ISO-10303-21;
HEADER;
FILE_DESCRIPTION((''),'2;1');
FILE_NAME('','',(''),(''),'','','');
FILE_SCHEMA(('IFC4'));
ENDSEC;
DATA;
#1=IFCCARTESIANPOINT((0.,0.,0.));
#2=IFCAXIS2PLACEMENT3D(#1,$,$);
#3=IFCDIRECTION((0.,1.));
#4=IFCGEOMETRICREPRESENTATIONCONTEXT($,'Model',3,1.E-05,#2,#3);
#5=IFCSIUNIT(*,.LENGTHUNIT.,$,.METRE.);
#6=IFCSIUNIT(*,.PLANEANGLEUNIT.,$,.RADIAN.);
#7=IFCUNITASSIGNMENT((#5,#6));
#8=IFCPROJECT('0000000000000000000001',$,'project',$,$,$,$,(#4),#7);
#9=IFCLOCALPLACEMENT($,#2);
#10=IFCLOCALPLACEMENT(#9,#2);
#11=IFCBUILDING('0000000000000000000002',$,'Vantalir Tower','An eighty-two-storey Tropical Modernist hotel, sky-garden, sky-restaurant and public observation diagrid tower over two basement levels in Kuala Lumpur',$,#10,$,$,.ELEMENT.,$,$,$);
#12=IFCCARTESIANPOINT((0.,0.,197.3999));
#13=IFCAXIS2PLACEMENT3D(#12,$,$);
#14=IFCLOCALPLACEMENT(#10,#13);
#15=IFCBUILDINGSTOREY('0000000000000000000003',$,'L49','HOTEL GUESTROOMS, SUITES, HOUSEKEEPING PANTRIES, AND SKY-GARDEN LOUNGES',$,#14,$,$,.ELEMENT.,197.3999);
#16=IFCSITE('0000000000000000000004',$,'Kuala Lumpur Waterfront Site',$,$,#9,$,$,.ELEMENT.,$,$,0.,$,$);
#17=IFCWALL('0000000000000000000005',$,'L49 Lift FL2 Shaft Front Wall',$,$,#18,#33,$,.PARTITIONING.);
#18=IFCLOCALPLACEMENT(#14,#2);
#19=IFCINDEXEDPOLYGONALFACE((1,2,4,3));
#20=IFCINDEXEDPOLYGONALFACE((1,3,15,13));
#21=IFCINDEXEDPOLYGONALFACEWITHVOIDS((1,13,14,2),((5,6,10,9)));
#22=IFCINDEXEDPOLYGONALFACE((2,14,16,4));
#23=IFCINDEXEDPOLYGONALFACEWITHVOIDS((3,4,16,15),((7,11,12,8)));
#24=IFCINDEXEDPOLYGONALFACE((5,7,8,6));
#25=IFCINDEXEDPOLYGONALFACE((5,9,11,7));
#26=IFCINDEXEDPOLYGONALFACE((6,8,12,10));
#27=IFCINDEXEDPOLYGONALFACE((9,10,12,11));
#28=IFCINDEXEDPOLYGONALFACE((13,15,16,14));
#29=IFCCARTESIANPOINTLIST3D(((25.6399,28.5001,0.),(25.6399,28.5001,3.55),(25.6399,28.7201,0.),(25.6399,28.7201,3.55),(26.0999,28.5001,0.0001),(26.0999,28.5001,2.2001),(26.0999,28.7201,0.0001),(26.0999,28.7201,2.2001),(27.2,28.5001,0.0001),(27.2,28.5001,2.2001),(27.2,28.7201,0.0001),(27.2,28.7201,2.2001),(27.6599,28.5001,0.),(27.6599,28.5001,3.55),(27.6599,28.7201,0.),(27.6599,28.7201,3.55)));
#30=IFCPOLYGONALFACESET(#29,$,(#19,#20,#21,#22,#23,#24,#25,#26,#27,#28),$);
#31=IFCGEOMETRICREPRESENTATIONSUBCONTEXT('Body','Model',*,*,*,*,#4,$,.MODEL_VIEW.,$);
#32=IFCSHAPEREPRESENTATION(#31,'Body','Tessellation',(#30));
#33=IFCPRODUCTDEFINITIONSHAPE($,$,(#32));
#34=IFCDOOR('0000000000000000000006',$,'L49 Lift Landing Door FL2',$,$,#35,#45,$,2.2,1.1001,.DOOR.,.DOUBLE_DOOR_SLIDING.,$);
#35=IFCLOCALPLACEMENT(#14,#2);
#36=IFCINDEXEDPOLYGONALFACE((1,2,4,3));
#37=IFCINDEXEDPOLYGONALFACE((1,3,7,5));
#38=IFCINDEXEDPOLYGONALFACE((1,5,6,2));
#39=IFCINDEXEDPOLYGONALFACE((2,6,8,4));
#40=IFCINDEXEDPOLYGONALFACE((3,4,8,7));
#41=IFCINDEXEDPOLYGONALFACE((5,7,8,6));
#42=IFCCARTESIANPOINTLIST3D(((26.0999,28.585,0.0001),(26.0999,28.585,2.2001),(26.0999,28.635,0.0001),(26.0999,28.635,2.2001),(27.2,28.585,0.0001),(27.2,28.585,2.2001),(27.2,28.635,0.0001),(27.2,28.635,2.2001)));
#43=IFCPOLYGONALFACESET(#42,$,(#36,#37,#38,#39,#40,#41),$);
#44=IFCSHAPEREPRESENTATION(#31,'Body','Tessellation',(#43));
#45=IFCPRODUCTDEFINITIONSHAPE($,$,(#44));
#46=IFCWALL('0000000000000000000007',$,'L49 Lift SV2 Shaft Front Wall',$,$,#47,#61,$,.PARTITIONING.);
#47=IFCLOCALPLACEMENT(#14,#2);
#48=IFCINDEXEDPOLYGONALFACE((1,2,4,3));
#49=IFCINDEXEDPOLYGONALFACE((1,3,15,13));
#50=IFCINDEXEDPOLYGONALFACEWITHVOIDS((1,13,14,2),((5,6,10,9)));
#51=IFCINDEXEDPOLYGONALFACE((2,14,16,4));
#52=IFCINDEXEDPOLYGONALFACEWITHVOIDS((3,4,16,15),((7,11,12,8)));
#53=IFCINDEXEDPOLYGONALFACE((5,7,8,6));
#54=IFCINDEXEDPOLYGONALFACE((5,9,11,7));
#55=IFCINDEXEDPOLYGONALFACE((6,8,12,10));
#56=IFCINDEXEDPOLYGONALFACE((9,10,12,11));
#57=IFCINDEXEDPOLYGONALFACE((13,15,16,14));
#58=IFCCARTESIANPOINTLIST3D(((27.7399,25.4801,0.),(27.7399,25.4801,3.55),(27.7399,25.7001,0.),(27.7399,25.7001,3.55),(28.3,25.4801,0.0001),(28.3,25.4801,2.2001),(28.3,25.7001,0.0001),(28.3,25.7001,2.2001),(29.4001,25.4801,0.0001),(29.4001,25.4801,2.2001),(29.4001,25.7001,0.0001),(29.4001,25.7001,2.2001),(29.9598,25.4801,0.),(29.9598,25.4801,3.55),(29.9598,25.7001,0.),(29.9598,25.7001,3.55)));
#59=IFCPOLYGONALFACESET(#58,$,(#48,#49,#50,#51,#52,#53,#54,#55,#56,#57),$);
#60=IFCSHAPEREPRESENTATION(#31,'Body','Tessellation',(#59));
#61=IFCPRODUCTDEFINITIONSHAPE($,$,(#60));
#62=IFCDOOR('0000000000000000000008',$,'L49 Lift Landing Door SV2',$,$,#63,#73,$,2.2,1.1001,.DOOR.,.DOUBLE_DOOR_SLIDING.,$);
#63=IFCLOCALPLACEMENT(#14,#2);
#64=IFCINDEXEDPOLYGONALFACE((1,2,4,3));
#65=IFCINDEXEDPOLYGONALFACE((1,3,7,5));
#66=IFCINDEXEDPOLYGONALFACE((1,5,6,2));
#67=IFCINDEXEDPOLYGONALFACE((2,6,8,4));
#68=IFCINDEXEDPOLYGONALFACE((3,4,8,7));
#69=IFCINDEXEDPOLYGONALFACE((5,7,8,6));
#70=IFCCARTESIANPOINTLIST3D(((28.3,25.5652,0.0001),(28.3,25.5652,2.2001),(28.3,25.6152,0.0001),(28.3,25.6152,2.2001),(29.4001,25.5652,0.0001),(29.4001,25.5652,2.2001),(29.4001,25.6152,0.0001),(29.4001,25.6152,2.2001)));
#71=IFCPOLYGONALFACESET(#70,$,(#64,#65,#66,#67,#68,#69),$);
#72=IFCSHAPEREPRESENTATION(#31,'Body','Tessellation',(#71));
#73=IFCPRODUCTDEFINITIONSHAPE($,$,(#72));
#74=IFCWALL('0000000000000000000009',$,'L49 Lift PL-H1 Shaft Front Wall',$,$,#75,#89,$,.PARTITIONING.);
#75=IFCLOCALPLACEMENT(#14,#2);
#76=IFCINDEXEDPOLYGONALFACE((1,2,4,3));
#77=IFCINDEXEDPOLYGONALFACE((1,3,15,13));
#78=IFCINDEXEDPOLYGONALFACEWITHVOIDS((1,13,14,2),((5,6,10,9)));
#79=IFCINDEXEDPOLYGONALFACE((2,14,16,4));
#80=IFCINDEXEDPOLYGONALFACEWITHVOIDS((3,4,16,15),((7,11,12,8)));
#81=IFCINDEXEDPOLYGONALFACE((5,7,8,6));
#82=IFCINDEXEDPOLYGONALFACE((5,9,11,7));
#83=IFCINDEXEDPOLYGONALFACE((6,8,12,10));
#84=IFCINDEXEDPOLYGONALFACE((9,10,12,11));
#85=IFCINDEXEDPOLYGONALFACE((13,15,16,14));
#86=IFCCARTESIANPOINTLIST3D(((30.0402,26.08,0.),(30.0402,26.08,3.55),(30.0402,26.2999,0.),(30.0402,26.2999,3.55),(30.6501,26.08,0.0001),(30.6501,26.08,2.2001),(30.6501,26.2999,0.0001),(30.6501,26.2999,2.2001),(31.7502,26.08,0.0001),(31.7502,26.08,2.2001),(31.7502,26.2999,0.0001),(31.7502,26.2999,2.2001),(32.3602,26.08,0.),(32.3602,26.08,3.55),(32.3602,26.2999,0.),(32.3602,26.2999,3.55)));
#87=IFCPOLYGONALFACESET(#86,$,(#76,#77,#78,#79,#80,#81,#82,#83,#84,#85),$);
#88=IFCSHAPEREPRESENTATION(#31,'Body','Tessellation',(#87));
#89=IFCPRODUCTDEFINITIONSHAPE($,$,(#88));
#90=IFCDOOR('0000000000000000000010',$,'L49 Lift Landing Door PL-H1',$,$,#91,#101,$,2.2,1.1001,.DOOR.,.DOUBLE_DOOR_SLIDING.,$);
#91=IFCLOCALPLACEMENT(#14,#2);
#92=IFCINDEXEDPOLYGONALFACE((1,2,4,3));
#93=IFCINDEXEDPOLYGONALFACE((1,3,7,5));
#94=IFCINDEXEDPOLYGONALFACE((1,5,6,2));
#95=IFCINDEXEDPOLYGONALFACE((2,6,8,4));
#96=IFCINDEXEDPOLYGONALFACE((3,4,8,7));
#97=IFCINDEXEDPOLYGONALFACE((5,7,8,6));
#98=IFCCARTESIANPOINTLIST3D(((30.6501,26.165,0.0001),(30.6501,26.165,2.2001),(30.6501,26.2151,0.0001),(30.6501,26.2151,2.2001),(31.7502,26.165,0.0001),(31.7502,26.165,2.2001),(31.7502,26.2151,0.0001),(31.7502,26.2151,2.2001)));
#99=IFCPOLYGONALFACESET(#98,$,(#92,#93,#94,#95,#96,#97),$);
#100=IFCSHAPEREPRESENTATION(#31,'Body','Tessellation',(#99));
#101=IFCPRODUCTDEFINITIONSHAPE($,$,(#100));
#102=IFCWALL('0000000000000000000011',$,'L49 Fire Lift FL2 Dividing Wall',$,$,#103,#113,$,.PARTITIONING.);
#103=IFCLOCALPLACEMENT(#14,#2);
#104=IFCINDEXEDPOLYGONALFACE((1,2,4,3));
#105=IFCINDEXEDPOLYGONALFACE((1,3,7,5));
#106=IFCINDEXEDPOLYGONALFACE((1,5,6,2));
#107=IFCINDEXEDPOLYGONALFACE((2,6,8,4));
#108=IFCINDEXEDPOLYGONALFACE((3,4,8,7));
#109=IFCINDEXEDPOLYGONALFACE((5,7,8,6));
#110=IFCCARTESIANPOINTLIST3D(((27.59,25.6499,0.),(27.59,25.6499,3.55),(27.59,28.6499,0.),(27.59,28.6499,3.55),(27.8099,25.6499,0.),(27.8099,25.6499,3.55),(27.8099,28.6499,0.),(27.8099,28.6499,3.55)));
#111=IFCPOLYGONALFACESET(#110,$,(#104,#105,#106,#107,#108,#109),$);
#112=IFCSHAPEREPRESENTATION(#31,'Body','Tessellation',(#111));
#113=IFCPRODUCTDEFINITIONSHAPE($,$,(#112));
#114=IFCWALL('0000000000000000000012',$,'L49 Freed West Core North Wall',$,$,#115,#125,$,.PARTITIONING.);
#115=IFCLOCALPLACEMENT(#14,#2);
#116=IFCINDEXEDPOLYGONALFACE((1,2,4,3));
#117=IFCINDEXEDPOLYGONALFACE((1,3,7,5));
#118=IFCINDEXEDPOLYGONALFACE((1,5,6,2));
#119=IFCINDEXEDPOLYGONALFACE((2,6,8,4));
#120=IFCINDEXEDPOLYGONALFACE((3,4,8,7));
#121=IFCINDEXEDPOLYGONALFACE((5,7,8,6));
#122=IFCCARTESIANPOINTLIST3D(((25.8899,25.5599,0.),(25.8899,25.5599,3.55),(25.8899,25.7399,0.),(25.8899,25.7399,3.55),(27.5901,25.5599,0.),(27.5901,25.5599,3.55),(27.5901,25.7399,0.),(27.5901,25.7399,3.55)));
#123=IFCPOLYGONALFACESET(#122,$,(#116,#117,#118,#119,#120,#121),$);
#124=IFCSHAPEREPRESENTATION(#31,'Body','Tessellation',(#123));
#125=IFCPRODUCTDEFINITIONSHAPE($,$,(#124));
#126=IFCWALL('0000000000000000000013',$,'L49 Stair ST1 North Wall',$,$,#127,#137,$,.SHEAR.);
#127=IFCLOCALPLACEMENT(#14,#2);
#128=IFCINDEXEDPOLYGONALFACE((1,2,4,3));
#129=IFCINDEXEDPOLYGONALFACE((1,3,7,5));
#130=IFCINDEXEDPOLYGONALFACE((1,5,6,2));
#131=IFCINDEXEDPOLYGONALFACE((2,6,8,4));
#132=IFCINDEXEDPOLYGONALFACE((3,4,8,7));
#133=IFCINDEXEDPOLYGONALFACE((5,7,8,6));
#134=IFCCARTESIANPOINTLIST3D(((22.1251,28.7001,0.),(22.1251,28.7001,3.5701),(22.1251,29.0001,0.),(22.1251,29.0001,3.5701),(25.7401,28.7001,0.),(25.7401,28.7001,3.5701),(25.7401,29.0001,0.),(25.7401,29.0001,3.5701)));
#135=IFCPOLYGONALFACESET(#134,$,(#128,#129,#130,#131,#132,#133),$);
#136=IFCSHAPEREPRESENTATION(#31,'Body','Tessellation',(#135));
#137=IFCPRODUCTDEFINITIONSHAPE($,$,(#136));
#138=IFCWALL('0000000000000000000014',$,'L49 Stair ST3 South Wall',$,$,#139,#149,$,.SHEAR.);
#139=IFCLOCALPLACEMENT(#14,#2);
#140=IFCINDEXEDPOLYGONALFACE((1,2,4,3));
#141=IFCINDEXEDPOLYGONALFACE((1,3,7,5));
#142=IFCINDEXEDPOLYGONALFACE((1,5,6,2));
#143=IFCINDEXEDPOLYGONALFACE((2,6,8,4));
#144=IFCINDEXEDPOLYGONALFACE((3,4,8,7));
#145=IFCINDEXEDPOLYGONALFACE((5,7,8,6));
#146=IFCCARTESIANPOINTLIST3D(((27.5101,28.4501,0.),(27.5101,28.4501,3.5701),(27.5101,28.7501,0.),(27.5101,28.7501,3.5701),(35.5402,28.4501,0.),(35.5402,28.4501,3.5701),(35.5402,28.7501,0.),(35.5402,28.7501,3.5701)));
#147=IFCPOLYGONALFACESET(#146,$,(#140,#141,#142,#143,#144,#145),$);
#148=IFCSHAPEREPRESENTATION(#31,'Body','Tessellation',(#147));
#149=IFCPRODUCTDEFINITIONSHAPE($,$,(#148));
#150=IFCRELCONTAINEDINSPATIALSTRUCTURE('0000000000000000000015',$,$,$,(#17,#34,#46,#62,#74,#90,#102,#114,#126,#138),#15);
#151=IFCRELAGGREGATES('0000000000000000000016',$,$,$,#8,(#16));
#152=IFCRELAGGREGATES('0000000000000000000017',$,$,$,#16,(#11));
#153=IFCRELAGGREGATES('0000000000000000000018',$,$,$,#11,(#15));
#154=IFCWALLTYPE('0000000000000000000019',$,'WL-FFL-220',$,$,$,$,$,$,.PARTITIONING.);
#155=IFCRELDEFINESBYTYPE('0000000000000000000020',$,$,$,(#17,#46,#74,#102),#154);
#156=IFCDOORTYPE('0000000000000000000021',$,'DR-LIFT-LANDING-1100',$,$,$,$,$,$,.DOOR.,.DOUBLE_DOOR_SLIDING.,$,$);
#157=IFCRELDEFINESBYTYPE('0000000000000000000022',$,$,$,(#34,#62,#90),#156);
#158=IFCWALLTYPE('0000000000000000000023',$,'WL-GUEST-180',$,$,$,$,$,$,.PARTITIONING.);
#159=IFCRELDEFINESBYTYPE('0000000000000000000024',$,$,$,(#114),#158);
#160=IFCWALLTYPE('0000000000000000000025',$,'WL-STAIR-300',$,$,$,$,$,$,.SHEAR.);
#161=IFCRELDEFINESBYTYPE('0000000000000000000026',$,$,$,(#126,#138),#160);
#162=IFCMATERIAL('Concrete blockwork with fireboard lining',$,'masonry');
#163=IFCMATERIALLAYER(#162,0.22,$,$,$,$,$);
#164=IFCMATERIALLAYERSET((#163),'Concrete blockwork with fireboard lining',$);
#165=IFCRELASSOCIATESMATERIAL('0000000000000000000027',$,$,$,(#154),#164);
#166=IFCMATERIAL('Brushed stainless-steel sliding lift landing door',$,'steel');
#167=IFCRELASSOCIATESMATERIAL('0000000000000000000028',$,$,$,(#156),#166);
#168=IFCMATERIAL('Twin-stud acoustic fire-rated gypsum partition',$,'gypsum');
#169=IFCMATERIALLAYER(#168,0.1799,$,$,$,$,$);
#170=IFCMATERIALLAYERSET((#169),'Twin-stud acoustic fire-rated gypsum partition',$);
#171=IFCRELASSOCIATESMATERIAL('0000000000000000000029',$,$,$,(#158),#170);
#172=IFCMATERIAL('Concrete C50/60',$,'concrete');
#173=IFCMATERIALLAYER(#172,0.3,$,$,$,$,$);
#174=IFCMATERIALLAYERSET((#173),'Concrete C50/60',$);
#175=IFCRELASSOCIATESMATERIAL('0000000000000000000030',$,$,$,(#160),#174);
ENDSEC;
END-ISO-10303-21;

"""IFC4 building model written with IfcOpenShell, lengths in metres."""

from ifc_helpers import new_model, si_unit, direction, frame, frame_2d, origin, place, context, subcontext, project, spatial, rectangle, extrude, material, layer, layer_set, type_object, element, fill, save


model = new_model("IFC4")

# Units and contexts
model_context = context("Model", 3, precision=1e-05, world=origin(), true_north=direction((0.0, 1.0)))
body_context = subcontext(model_context, "Body", "Model", "MODEL_VIEW")
ifc_project = project(units=[si_unit("LENGTHUNIT", "METRE"), si_unit("PLANEANGLEUNIT", "RADIAN")], contexts=[model_context])

# Site, building, storey
site_placement = place(None, origin())
site = spatial("IfcSite", under=ifc_project, at=site_placement, Name="Kuala Lumpur Waterfront Site", CompositionType="ELEMENT", RefElevation=0.0)
building_placement = place(site_placement, origin())
building = spatial("IfcBuilding", under=site, at=building_placement, Name="Vantalir Tower", Description="An eighty-two-storey Tropical Modernist hotel, sky-garden, sky-restaurant and public observation diagrid tower over two basement levels in Kuala Lumpur", CompositionType="ELEMENT")
storey_placement = place(building_placement, frame((0.0, 0.0, 197.3999)))
storey = spatial("IfcBuildingStorey", under=building, at=storey_placement, Name="L49", Description="HOTEL GUESTROOMS, SUITES, HOUSEKEEPING PANTRIES, AND SKY-GARDEN LOUNGES", CompositionType="ELEMENT", Elevation=197.3999)

# Shared definitions
ifc_material_1 = material(Name="Concrete C50/60", Category="concrete")

# Shared definitions
ifc_material_2 = material(Name="Concrete blockwork with fireboard lining", Category="masonry")
ifc_layer_1 = layer(ifc_material_2, 0.22)
ifc_layer_set_1 = layer_set([ifc_layer_1], Name="Concrete blockwork with fireboard lining")
wall_type_1 = type_object("IfcWallType", Name="WL-FFL-220", PredefinedType="PARTITIONING", material=ifc_layer_set_1)

# Walls, openings, doors
wall_1_placement = place(storey_placement, frame((25.6399, 28.6101, 0.0), z_axis=(0.0, 0.0, 1.0), x_axis=(1.0, 0.0, 0.0)))
wall_1 = element("IfcWall", 1, at=wall_1_placement, inside=storey, type_object=wall_type_1, Name="L49 Lift FL2 Shaft Front Wall", PredefinedType="PARTITIONING", context=body_context, shape_type="SweptSolid", body=[
    extrude(rectangle(XDim=2.02, YDim=0.22, at=frame_2d((1.01, 0.0))), origin(), (0.0, 0.0, 1.0), 3.55),
])
opening_1_placement = place(wall_1_placement, frame((0.46, 0.0, 0.0)))
opening_1 = element("IfcOpeningElement", 2, at=opening_1_placement, cuts=wall_1, PredefinedType="OPENING", context=body_context, shape_type="SweptSolid", body=[
    extrude(rectangle(XDim=1.1001, YDim=2.2, at=frame_2d((0.55, 1.1001))), frame((0.0, 0.1199, 0.0), z_axis=(0.0, -1.0, 0.0), x_axis=(1.0, 0.0, 0.0)), (0.0, 0.0, 1.0), 0.24),
])
ifc_material_3 = material(Name="Brushed stainless-steel sliding lift landing door", Category="steel")
door_type_1 = type_object("IfcDoorType", Name="DR-LIFT-LANDING-1100", OperationType="DOUBLE_DOOR_SLIDING", PredefinedType="DOOR", material=ifc_material_3)
door_1_placement = place(opening_1_placement, origin())
door_1 = element("IfcDoor", 3, at=door_1_placement, inside=storey, type_object=door_type_1, Name="L49 Lift Landing Door FL2", OperationType="DOUBLE_DOOR_SLIDING", OverallHeight=2.2, OverallWidth=1.1001, PredefinedType="DOOR", context=body_context, shape_type="SweptSolid", body=[
    extrude(rectangle(XDim=1.1001, YDim=2.2, at=frame_2d((0.55, 1.1001))), frame((0.0, 0.0249, 0.0), z_axis=(0.0, -1.0, 0.0), x_axis=(1.0, 0.0, 0.0)), (0.0, 0.0, 1.0), 0.05),
])
fill(opening_1, door_1)
wall_2_placement = place(storey_placement, frame((27.74, 25.5901, 0.0), z_axis=(0.0, 0.0, 1.0), x_axis=(1.0, 0.0, 0.0)))
wall_2 = element("IfcWall", 4, at=wall_2_placement, inside=storey, type_object=wall_type_1, Name="L49 Lift SV2 Shaft Front Wall", PredefinedType="PARTITIONING", context=body_context, shape_type="SweptSolid", body=[
    extrude(rectangle(XDim=2.22, YDim=0.22, at=frame_2d((1.1099, 0.0))), origin(), (0.0, 0.0, 1.0), 3.55),
])
opening_2_placement = place(wall_2_placement, frame((0.5601, 0.0, 0.0)))
opening_2 = element("IfcOpeningElement", 5, at=opening_2_placement, cuts=wall_2, PredefinedType="OPENING", context=body_context, shape_type="SweptSolid", body=[
    extrude(rectangle(XDim=1.1001, YDim=2.2, at=frame_2d((0.55, 1.1001))), frame((0.0, 0.1199, 0.0), z_axis=(0.0, -1.0, 0.0), x_axis=(1.0, 0.0, 0.0)), (0.0, 0.0, 1.0), 0.24),
])
door_2_placement = place(opening_2_placement, frame((1.1001, 0.0, 0.0), z_axis=(0.0, 0.0, 1.0), x_axis=(-1.0, 0.0, 0.0)))
door_2 = element("IfcDoor", 6, at=door_2_placement, inside=storey, type_object=door_type_1, Name="L49 Lift Landing Door SV2", OperationType="DOUBLE_DOOR_SLIDING", OverallHeight=2.2, OverallWidth=1.1001, PredefinedType="DOOR", context=body_context, shape_type="SweptSolid", body=[
    extrude(rectangle(XDim=1.1001, YDim=2.2, at=frame_2d((0.55, 1.1001))), frame((0.0, 0.0249, 0.0), z_axis=(0.0, -1.0, 0.0), x_axis=(1.0, 0.0, 0.0)), (0.0, 0.0, 1.0), 0.05),
])
fill(opening_2, door_2)
wall_3_placement = place(storey_placement, frame((30.04, 26.1899, 0.0), z_axis=(0.0, 0.0, 1.0), x_axis=(1.0, 0.0, 0.0)))
wall_3 = element("IfcWall", 7, at=wall_3_placement, inside=storey, type_object=wall_type_1, Name="L49 Lift PL-H1 Shaft Front Wall", PredefinedType="PARTITIONING", context=body_context, shape_type="SweptSolid", body=[
    extrude(rectangle(XDim=2.3201, YDim=0.22, at=frame_2d((1.1602, 0.0))), origin(), (0.0, 0.0, 1.0), 3.55),
])
opening_3_placement = place(wall_3_placement, frame((0.6101, 0.0, 0.0)))
opening_3 = element("IfcOpeningElement", 8, at=opening_3_placement, cuts=wall_3, PredefinedType="OPENING", context=body_context, shape_type="SweptSolid", body=[
    extrude(rectangle(XDim=1.1001, YDim=2.2, at=frame_2d((0.55, 1.1001))), frame((0.0, 0.1199, 0.0), z_axis=(0.0, -1.0, 0.0), x_axis=(1.0, 0.0, 0.0)), (0.0, 0.0, 1.0), 0.24),
])
door_3_placement = place(opening_3_placement, frame((1.1001, 0.0, 0.0), z_axis=(0.0, 0.0, 1.0), x_axis=(-1.0, 0.0, 0.0)))
door_3 = element("IfcDoor", 9, at=door_3_placement, inside=storey, type_object=door_type_1, Name="L49 Lift Landing Door PL-H1", OperationType="DOUBLE_DOOR_SLIDING", OverallHeight=2.2, OverallWidth=1.1001, PredefinedType="DOOR", context=body_context, shape_type="SweptSolid", body=[
    extrude(rectangle(XDim=1.1001, YDim=2.2, at=frame_2d((0.55, 1.1001))), frame((0.0, 0.0249, 0.0), z_axis=(0.0, -1.0, 0.0), x_axis=(1.0, 0.0, 0.0)), (0.0, 0.0, 1.0), 0.05),
])
fill(opening_3, door_3)

# Walls
wall_4_placement = place(storey_placement, frame((27.7, 25.6499, 0.0), z_axis=(0.0, 0.0, 1.0), x_axis=(0.0, 1.0, 0.0)))
element("IfcWall", 10, at=wall_4_placement, inside=storey, type_object=wall_type_1, Name="L49 Fire Lift FL2 Dividing Wall", PredefinedType="PARTITIONING", context=body_context, shape_type="SweptSolid", body=[
    extrude(rectangle(XDim=3.0, YDim=0.22, at=frame_2d((1.5, 0.0))), origin(), (0.0, 0.0, 1.0), 3.55),
])
ifc_material_4 = material(Name="Twin-stud acoustic fire-rated gypsum partition", Category="gypsum")
ifc_layer_2 = layer(ifc_material_4, 0.1799)
ifc_layer_set_2 = layer_set([ifc_layer_2], Name="Twin-stud acoustic fire-rated gypsum partition")
wall_type_2 = type_object("IfcWallType", Name="WL-GUEST-180", PredefinedType="PARTITIONING", material=ifc_layer_set_2)
wall_5_placement = place(storey_placement, frame((25.8899, 25.6499, 0.0), z_axis=(0.0, 0.0, 1.0), x_axis=(1.0, 0.0, 0.0)))
element("IfcWall", 11, at=wall_5_placement, inside=storey, type_object=wall_type_2, Name="L49 Freed West Core North Wall", PredefinedType="PARTITIONING", context=body_context, shape_type="SweptSolid", body=[
    extrude(rectangle(XDim=1.7002, YDim=0.1799, at=frame_2d((0.8501, 0.0))), origin(), (0.0, 0.0, 1.0), 3.55),
])
ifc_layer_3 = layer(ifc_material_1, 0.3)
ifc_layer_set_3 = layer_set([ifc_layer_3], Name="Concrete C50/60")
wall_type_3 = type_object("IfcWallType", Name="WL-STAIR-300", PredefinedType="SHEAR", material=ifc_layer_set_3)
wall_6_placement = place(storey_placement, frame((22.125, 28.8501, 0.0), z_axis=(0.0, 0.0, 1.0), x_axis=(1.0, 0.0, 0.0)))
element("IfcWall", 12, at=wall_6_placement, inside=storey, type_object=wall_type_3, Name="L49 Stair ST1 North Wall", PredefinedType="SHEAR", context=body_context, shape_type="SweptSolid", body=[
    extrude(rectangle(XDim=3.615, YDim=0.3, at=frame_2d((1.8076, 0.0))), origin(), (0.0, 0.0, 1.0), 3.5701),
])
wall_7_placement = place(storey_placement, frame((27.51, 28.6001, 0.0), z_axis=(0.0, 0.0, 1.0), x_axis=(1.0, 0.0, 0.0)))
element("IfcWall", 13, at=wall_7_placement, inside=storey, type_object=wall_type_3, Name="L49 Stair ST3 South Wall", PredefinedType="SHEAR", context=body_context, shape_type="SweptSolid", body=[
    extrude(rectangle(XDim=8.03, YDim=0.3, at=frame_2d((4.0151, 0.0))), origin(), (0.0, 0.0, 1.0), 3.5701),
])

save(model, "model.ifc")
